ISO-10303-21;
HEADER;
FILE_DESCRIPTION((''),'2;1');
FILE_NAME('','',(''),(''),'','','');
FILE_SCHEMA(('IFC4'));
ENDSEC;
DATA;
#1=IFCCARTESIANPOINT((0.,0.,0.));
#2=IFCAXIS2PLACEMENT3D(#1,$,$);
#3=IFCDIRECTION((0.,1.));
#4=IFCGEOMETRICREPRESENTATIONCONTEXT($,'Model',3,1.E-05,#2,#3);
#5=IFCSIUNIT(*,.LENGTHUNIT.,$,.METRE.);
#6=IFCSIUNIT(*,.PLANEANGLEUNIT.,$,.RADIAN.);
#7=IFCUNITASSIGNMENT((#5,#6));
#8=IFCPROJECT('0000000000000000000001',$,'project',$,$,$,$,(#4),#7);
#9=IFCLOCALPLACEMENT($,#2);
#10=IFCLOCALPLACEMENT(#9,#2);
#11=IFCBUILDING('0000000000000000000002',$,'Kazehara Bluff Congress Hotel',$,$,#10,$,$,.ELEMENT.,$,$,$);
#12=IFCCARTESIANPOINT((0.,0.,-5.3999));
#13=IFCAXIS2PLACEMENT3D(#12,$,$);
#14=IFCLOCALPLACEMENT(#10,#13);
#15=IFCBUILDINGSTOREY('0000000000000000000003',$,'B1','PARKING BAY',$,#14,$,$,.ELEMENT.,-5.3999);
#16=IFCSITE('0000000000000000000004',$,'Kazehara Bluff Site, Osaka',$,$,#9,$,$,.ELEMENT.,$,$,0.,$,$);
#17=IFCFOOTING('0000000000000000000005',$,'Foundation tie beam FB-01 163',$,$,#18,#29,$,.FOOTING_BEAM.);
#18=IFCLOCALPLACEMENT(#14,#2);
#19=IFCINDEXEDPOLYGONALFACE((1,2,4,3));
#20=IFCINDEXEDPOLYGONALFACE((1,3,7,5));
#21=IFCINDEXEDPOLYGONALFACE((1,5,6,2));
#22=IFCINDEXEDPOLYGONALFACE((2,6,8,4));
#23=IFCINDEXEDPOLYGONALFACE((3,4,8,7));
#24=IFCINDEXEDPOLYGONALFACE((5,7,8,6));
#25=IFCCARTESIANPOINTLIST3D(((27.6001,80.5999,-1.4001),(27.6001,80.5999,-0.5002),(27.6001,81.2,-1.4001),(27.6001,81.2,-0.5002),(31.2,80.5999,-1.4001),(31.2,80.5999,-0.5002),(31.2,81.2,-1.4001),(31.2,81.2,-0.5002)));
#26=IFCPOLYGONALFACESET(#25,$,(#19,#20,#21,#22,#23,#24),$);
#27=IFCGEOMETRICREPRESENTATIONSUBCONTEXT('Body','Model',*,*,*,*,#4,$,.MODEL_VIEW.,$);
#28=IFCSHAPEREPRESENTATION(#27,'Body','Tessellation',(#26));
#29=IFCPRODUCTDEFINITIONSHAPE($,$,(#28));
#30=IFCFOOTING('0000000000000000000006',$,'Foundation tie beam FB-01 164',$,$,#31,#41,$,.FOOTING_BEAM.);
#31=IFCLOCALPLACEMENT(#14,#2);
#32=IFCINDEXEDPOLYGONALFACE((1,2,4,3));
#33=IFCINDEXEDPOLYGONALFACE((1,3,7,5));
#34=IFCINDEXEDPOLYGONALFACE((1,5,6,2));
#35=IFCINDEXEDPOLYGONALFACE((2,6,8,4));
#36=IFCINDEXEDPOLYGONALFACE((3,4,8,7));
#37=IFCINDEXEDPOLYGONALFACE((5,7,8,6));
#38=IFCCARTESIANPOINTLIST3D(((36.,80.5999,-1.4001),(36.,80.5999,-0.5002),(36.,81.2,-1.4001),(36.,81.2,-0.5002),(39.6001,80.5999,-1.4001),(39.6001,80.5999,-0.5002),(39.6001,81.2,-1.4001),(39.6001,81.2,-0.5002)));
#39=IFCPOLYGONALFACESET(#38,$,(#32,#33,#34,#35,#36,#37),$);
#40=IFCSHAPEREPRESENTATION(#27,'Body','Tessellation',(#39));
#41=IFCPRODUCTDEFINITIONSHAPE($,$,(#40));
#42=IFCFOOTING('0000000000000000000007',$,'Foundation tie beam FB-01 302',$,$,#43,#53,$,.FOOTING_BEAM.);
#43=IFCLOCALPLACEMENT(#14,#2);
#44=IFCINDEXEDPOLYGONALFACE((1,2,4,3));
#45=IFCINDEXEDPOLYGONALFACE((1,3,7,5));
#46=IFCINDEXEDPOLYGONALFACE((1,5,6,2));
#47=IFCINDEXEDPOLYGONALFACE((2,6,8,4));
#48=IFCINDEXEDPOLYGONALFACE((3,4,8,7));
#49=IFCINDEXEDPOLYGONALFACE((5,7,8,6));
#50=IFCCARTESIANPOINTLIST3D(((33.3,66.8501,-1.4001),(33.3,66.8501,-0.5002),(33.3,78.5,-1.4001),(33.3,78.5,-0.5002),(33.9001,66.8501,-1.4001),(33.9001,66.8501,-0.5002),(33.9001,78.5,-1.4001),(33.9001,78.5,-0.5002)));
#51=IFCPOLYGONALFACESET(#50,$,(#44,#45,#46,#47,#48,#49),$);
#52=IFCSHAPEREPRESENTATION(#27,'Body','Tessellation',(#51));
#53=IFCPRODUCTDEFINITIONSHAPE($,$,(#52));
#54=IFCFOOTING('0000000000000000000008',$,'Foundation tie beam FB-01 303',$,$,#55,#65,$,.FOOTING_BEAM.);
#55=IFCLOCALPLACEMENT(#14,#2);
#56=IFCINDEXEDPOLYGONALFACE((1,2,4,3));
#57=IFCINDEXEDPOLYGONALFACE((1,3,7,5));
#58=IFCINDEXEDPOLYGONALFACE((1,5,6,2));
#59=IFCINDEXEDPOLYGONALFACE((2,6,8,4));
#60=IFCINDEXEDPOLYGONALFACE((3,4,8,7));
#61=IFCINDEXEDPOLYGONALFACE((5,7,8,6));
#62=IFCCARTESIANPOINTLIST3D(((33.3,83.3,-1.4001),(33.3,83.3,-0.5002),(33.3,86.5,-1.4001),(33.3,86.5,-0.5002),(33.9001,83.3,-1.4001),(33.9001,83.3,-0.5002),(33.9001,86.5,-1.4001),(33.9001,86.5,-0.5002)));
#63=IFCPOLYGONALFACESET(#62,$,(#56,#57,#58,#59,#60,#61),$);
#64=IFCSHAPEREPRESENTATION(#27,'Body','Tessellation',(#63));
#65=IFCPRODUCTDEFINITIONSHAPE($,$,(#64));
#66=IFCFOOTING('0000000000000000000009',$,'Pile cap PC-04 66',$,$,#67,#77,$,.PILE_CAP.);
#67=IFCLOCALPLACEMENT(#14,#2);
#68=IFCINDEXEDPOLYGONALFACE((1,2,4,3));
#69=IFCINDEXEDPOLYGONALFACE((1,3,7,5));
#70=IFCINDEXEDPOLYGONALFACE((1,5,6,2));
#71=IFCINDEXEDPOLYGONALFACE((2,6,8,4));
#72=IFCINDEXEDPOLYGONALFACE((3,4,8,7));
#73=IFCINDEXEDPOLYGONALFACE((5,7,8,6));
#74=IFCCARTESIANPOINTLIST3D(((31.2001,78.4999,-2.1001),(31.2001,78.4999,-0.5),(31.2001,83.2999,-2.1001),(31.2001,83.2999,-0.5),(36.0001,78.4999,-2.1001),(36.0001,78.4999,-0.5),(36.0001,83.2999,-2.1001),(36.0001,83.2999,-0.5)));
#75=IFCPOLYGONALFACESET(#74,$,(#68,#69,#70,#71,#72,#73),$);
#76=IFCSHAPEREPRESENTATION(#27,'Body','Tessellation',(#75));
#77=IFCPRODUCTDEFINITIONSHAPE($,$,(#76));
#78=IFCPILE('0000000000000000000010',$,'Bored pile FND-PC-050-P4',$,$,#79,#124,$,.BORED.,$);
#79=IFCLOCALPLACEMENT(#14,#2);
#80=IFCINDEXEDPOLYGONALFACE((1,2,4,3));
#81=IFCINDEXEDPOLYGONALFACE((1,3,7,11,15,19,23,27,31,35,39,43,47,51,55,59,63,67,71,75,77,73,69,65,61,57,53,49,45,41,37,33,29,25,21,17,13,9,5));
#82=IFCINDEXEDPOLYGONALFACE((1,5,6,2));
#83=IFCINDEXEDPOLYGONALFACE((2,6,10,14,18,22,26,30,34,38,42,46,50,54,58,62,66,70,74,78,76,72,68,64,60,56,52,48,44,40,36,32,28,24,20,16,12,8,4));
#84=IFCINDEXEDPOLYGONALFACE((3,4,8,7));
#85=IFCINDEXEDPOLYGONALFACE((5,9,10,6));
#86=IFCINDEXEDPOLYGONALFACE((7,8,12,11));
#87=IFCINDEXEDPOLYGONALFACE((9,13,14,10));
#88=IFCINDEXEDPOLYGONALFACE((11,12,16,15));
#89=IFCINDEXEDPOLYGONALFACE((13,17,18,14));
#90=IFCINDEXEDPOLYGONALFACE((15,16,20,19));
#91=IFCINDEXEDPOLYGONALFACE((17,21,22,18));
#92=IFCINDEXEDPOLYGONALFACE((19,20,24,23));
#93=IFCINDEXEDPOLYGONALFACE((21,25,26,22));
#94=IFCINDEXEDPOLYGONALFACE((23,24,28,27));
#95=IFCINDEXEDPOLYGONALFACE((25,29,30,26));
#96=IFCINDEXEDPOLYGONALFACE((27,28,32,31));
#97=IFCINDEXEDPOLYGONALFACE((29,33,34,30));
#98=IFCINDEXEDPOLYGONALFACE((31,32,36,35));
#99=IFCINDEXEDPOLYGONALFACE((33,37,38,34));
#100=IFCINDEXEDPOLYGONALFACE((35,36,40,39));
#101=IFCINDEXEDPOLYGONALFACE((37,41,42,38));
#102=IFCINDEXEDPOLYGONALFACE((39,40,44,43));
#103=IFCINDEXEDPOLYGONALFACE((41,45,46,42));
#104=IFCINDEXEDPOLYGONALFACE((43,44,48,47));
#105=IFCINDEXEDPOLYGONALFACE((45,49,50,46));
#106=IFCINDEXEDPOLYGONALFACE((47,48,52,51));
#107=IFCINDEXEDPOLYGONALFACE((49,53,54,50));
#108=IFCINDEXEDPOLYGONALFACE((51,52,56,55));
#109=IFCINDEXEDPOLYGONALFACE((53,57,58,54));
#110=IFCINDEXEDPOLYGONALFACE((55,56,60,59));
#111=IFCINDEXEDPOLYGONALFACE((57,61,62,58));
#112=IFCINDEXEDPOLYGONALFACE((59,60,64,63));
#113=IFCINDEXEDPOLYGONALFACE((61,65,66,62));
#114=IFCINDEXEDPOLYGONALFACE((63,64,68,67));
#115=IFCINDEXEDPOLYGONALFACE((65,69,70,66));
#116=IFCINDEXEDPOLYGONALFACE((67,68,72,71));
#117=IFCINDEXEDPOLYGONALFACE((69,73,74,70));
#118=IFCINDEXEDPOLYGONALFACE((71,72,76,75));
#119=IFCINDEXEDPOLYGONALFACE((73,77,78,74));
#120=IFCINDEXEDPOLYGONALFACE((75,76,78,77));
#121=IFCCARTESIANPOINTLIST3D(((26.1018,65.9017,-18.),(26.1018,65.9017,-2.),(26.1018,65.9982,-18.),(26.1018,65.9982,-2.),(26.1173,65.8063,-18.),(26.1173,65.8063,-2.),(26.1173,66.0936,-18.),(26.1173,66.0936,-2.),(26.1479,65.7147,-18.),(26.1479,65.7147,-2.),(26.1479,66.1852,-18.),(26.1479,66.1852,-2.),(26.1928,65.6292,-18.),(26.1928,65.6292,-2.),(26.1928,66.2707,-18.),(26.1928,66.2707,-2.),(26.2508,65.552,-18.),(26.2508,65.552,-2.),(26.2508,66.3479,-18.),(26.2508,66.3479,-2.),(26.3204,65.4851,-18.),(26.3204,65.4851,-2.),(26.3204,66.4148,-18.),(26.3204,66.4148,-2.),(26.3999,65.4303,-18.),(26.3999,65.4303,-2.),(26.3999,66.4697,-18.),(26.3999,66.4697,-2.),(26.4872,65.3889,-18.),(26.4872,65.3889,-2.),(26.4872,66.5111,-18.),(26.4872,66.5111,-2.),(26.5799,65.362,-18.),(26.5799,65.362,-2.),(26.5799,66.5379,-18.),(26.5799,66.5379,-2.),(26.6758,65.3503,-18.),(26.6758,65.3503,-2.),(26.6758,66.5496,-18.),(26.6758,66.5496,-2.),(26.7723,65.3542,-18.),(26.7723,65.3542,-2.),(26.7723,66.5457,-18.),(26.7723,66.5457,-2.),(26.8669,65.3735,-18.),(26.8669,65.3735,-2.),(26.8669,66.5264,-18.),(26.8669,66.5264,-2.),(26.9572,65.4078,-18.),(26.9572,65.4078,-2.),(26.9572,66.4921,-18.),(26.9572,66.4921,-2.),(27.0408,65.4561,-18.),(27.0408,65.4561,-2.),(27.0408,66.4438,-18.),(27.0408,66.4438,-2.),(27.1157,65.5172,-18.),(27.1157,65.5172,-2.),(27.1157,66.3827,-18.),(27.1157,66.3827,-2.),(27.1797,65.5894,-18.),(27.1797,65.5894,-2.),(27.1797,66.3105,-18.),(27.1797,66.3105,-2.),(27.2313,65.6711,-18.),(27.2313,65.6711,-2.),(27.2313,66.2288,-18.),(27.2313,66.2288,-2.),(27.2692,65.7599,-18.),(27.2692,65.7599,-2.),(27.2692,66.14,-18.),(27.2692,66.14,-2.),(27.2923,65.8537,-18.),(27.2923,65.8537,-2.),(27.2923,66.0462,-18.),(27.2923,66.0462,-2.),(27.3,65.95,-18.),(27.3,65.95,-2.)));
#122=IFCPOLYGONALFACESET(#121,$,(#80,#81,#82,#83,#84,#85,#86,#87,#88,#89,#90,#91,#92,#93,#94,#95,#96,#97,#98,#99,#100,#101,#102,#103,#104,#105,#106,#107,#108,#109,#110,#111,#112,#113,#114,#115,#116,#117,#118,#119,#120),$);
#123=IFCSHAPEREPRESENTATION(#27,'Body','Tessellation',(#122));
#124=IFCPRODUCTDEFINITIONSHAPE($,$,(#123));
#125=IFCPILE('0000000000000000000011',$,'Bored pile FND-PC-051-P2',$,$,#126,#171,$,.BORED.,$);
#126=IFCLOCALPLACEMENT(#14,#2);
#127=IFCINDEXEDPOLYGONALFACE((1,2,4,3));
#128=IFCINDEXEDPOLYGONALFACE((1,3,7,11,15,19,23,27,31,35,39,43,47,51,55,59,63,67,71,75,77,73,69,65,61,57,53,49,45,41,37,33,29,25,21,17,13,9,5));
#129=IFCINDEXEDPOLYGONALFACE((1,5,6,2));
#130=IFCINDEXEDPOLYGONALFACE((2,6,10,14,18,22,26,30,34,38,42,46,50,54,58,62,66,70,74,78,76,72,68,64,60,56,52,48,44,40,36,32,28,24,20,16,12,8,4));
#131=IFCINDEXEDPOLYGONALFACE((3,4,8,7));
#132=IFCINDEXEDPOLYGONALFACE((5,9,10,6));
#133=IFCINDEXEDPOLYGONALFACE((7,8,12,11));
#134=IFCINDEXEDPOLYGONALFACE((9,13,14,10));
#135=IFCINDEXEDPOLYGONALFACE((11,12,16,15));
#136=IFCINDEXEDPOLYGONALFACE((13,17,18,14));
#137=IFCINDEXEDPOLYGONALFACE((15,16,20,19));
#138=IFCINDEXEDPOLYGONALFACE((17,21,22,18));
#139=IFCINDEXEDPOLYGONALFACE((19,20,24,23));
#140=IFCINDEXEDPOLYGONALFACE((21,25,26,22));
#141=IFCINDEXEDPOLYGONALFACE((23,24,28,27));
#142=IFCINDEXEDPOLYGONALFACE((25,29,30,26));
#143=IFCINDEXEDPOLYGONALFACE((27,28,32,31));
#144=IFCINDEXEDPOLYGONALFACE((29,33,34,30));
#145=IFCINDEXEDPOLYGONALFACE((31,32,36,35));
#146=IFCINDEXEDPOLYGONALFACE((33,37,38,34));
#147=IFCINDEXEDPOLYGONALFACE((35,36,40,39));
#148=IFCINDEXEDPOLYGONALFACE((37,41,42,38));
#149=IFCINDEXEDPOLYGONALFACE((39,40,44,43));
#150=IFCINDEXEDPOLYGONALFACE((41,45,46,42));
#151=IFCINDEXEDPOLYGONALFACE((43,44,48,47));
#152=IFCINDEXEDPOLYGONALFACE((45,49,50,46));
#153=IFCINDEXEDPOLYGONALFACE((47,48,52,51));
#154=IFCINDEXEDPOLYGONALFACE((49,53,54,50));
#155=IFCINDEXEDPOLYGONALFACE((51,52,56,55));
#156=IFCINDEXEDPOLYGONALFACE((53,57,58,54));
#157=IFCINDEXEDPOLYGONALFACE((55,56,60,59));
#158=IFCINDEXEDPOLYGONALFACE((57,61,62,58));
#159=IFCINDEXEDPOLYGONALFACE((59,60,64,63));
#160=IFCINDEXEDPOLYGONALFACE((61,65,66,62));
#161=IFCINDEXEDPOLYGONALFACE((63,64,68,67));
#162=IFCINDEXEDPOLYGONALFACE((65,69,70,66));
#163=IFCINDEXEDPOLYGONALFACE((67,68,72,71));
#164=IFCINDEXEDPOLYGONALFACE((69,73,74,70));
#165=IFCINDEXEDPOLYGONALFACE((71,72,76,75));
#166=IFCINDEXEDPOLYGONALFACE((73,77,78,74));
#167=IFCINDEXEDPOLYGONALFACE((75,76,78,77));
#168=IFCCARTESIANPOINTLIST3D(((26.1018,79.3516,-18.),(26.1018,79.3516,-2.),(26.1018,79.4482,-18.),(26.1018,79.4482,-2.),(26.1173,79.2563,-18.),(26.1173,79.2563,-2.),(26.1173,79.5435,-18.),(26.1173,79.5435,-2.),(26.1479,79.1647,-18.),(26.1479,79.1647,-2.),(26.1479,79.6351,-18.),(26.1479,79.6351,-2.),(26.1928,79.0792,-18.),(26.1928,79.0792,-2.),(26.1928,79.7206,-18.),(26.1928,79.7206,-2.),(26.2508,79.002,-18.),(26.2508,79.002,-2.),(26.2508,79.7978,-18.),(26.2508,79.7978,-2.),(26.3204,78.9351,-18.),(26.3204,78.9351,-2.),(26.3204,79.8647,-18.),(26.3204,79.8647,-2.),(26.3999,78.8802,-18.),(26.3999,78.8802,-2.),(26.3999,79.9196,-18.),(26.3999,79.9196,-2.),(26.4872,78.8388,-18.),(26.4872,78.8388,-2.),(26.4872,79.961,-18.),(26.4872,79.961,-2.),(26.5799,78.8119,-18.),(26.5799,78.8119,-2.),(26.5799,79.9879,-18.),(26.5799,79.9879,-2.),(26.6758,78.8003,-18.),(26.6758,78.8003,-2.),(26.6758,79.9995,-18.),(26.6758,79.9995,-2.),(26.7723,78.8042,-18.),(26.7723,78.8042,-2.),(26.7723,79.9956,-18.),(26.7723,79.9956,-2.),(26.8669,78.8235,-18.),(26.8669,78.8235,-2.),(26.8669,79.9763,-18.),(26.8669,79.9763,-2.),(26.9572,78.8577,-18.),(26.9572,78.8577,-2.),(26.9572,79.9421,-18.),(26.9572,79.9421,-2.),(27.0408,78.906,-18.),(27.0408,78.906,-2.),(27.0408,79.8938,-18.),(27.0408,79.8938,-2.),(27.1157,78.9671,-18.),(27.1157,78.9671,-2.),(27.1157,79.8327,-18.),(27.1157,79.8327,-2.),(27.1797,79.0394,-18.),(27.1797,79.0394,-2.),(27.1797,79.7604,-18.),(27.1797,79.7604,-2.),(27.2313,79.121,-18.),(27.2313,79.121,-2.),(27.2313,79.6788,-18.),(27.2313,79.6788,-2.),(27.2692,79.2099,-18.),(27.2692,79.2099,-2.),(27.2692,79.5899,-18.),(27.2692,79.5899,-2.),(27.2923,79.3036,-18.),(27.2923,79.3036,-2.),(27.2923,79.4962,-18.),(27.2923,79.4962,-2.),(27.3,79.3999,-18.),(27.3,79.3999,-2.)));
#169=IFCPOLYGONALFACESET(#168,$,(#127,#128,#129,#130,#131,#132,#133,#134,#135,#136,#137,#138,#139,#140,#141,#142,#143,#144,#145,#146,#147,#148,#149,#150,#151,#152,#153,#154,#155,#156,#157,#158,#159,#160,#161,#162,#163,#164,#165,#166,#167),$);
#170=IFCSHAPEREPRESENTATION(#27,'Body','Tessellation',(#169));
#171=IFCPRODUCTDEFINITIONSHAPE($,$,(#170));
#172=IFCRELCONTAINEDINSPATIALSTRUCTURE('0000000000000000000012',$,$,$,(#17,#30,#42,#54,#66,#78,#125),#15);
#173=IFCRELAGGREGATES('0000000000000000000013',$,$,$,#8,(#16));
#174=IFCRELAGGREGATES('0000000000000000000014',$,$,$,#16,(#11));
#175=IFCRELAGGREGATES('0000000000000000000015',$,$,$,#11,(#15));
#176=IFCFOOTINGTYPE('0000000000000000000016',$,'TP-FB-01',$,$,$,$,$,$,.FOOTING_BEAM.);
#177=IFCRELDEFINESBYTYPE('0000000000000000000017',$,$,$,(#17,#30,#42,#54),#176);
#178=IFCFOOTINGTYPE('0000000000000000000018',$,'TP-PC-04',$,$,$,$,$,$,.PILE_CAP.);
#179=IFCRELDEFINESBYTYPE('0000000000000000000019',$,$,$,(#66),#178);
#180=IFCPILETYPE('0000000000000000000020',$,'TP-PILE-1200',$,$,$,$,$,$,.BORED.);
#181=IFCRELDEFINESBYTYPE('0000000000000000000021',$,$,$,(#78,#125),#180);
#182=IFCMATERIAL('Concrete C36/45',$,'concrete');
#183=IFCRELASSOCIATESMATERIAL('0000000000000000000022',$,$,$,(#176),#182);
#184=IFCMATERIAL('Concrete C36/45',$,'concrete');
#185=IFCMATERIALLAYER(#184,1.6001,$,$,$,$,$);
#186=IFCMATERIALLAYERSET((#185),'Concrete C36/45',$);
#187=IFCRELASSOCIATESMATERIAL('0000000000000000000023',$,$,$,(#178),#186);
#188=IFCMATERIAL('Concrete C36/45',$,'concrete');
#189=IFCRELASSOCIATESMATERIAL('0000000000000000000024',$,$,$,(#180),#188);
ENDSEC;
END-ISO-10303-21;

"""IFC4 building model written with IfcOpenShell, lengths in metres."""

from ifc_helpers import new_model, si_unit, direction, frame, origin, origin_2d, place, context, subcontext, project, spatial, rectangle, circle, extrude, material, layer, layer_set, material_profile, profile_set, type_object, element, save


model = new_model("IFC4")

# Units and contexts
model_context = context("Model", 3, precision=1e-05, world=origin(), true_north=direction((0.0, 1.0)))
body_context = subcontext(model_context, "Body", "Model", "MODEL_VIEW")
ifc_project = project(units=[si_unit("LENGTHUNIT", "METRE"), si_unit("PLANEANGLEUNIT", "RADIAN")], contexts=[model_context])

# Site, building, storey
site_placement = place(None, origin())
site = spatial("IfcSite", under=ifc_project, at=site_placement, Name="Kazehara Bluff Site, Osaka", CompositionType="ELEMENT", RefElevation=0.0)
building_placement = place(site_placement, origin())
building = spatial("IfcBuilding", under=site, at=building_placement, Name="Kazehara Bluff Congress Hotel", CompositionType="ELEMENT")
storey_placement = place(building_placement, frame((0.0, 0.0, -5.3999)))
storey = spatial("IfcBuildingStorey", under=building, at=storey_placement, Name="B1", Description="PARKING BAY", CompositionType="ELEMENT", Elevation=-5.3999)

# Footings
ifc_material_1 = material(Name="Concrete C36/45", Category="concrete")
ifc_material_profile_1 = material_profile(ifc_material_1, rectangle(XDim=0.6001, YDim=0.8999, at=origin_2d()))
ifc_profile_set_1 = profile_set([ifc_material_profile_1], Name="Concrete C36/45")
footing_type_1 = type_object("IfcFootingType", Name="TP-FB-01", PredefinedType="FOOTING_BEAM", material=ifc_profile_set_1)
footing_1_placement = place(storey_placement, frame((27.6001, 80.8999, -0.9502), z_axis=(1.0, 0.0, 0.0), x_axis=(0.0, 1.0, 0.0)))
element("IfcFooting", 1, at=footing_1_placement, inside=storey, type_object=footing_type_1, Name="Foundation tie beam FB-01 163", PredefinedType="FOOTING_BEAM", context=body_context, shape_type="SweptSolid", body=[
    extrude(rectangle(XDim=0.6001, YDim=0.8999, at=origin_2d()), origin(), (0.0, 0.0, 1.0), 3.5999),
])
footing_2_placement = place(storey_placement, frame((36.0, 80.8999, -0.9502), z_axis=(1.0, 0.0, 0.0), x_axis=(0.0, 1.0, 0.0)))
element("IfcFooting", 2, at=footing_2_placement, inside=storey, type_object=footing_type_1, Name="Foundation tie beam FB-01 164", PredefinedType="FOOTING_BEAM", context=body_context, shape_type="SweptSolid", body=[
    extrude(rectangle(XDim=0.6001, YDim=0.8999, at=origin_2d()), origin(), (0.0, 0.0, 1.0), 3.6001),
])
footing_3_placement = place(storey_placement, frame((33.6001, 66.8501, -0.9502), z_axis=(0.0, 1.0, 0.0), x_axis=(-1.0, 0.0, 0.0)))
element("IfcFooting", 3, at=footing_3_placement, inside=storey, type_object=footing_type_1, Name="Foundation tie beam FB-01 302", PredefinedType="FOOTING_BEAM", context=body_context, shape_type="SweptSolid", body=[
    extrude(rectangle(XDim=0.6001, YDim=0.8999, at=origin_2d()), origin(), (0.0, 0.0, 1.0), 11.6499),
])
footing_4_placement = place(storey_placement, frame((33.6001, 83.3, -0.9502), z_axis=(0.0, 1.0, 0.0), x_axis=(-1.0, 0.0, 0.0)))
element("IfcFooting", 4, at=footing_4_placement, inside=storey, type_object=footing_type_1, Name="Foundation tie beam FB-01 303", PredefinedType="FOOTING_BEAM", context=body_context, shape_type="SweptSolid", body=[
    extrude(rectangle(XDim=0.6001, YDim=0.8999, at=origin_2d()), origin(), (0.0, 0.0, 1.0), 3.2),
])
ifc_material_2 = material(Name="Concrete C36/45", Category="concrete")
ifc_layer_1 = layer(ifc_material_2, 1.6001)
ifc_layer_set_1 = layer_set([ifc_layer_1], Name="Concrete C36/45")
footing_type_2 = type_object("IfcFootingType", Name="TP-PC-04", PredefinedType="PILE_CAP", material=ifc_layer_set_1)
footing_5_placement = place(storey_placement, frame((33.6001, 80.8999, -2.1001), z_axis=(0.0, 0.0, 1.0), x_axis=(1.0, 0.0, 0.0)))
element("IfcFooting", 5, at=footing_5_placement, inside=storey, type_object=footing_type_2, Name="Pile cap PC-04 66", PredefinedType="PILE_CAP", context=body_context, shape_type="SweptSolid", body=[
    extrude(rectangle(XDim=4.8, YDim=4.8, at=origin_2d()), origin(), (0.0, 0.0, 1.0), 1.6001),
])

# Piles
ifc_material_3 = material(Name="Concrete C36/45", Category="concrete")
ifc_material_profile_2 = material_profile(ifc_material_3, circle(Radius=0.6001, at=origin_2d()))
ifc_profile_set_2 = profile_set([ifc_material_profile_2], Name="Concrete C36/45")
pile_type = type_object("IfcPileType", Name="TP-PILE-1200", PredefinedType="BORED", material=ifc_profile_set_2)
for number, where, z_axis, x_axis, name in (
    (6, (26.7, 65.95, -2.0), (0.0, 0.0, -1.0), (1.0, 0.0, 0.0), "Bored pile FND-PC-050-P4"),
    (7, (26.7, 79.3999, -2.0), (0.0, 0.0, -1.0), (1.0, 0.0, 0.0), "Bored pile FND-PC-051-P2"),
):
    element("IfcPile", number, at=place(storey_placement, frame(where, z_axis=z_axis, x_axis=x_axis)), inside=storey, type_object=pile_type, Name=name, PredefinedType="BORED", context=body_context, shape_type="SweptSolid", body=[
        extrude(circle(Radius=0.6001, at=origin_2d()), origin(), (0.0, 0.0, 1.0), 16.0),
    ])

save(model, "model.ifc")
